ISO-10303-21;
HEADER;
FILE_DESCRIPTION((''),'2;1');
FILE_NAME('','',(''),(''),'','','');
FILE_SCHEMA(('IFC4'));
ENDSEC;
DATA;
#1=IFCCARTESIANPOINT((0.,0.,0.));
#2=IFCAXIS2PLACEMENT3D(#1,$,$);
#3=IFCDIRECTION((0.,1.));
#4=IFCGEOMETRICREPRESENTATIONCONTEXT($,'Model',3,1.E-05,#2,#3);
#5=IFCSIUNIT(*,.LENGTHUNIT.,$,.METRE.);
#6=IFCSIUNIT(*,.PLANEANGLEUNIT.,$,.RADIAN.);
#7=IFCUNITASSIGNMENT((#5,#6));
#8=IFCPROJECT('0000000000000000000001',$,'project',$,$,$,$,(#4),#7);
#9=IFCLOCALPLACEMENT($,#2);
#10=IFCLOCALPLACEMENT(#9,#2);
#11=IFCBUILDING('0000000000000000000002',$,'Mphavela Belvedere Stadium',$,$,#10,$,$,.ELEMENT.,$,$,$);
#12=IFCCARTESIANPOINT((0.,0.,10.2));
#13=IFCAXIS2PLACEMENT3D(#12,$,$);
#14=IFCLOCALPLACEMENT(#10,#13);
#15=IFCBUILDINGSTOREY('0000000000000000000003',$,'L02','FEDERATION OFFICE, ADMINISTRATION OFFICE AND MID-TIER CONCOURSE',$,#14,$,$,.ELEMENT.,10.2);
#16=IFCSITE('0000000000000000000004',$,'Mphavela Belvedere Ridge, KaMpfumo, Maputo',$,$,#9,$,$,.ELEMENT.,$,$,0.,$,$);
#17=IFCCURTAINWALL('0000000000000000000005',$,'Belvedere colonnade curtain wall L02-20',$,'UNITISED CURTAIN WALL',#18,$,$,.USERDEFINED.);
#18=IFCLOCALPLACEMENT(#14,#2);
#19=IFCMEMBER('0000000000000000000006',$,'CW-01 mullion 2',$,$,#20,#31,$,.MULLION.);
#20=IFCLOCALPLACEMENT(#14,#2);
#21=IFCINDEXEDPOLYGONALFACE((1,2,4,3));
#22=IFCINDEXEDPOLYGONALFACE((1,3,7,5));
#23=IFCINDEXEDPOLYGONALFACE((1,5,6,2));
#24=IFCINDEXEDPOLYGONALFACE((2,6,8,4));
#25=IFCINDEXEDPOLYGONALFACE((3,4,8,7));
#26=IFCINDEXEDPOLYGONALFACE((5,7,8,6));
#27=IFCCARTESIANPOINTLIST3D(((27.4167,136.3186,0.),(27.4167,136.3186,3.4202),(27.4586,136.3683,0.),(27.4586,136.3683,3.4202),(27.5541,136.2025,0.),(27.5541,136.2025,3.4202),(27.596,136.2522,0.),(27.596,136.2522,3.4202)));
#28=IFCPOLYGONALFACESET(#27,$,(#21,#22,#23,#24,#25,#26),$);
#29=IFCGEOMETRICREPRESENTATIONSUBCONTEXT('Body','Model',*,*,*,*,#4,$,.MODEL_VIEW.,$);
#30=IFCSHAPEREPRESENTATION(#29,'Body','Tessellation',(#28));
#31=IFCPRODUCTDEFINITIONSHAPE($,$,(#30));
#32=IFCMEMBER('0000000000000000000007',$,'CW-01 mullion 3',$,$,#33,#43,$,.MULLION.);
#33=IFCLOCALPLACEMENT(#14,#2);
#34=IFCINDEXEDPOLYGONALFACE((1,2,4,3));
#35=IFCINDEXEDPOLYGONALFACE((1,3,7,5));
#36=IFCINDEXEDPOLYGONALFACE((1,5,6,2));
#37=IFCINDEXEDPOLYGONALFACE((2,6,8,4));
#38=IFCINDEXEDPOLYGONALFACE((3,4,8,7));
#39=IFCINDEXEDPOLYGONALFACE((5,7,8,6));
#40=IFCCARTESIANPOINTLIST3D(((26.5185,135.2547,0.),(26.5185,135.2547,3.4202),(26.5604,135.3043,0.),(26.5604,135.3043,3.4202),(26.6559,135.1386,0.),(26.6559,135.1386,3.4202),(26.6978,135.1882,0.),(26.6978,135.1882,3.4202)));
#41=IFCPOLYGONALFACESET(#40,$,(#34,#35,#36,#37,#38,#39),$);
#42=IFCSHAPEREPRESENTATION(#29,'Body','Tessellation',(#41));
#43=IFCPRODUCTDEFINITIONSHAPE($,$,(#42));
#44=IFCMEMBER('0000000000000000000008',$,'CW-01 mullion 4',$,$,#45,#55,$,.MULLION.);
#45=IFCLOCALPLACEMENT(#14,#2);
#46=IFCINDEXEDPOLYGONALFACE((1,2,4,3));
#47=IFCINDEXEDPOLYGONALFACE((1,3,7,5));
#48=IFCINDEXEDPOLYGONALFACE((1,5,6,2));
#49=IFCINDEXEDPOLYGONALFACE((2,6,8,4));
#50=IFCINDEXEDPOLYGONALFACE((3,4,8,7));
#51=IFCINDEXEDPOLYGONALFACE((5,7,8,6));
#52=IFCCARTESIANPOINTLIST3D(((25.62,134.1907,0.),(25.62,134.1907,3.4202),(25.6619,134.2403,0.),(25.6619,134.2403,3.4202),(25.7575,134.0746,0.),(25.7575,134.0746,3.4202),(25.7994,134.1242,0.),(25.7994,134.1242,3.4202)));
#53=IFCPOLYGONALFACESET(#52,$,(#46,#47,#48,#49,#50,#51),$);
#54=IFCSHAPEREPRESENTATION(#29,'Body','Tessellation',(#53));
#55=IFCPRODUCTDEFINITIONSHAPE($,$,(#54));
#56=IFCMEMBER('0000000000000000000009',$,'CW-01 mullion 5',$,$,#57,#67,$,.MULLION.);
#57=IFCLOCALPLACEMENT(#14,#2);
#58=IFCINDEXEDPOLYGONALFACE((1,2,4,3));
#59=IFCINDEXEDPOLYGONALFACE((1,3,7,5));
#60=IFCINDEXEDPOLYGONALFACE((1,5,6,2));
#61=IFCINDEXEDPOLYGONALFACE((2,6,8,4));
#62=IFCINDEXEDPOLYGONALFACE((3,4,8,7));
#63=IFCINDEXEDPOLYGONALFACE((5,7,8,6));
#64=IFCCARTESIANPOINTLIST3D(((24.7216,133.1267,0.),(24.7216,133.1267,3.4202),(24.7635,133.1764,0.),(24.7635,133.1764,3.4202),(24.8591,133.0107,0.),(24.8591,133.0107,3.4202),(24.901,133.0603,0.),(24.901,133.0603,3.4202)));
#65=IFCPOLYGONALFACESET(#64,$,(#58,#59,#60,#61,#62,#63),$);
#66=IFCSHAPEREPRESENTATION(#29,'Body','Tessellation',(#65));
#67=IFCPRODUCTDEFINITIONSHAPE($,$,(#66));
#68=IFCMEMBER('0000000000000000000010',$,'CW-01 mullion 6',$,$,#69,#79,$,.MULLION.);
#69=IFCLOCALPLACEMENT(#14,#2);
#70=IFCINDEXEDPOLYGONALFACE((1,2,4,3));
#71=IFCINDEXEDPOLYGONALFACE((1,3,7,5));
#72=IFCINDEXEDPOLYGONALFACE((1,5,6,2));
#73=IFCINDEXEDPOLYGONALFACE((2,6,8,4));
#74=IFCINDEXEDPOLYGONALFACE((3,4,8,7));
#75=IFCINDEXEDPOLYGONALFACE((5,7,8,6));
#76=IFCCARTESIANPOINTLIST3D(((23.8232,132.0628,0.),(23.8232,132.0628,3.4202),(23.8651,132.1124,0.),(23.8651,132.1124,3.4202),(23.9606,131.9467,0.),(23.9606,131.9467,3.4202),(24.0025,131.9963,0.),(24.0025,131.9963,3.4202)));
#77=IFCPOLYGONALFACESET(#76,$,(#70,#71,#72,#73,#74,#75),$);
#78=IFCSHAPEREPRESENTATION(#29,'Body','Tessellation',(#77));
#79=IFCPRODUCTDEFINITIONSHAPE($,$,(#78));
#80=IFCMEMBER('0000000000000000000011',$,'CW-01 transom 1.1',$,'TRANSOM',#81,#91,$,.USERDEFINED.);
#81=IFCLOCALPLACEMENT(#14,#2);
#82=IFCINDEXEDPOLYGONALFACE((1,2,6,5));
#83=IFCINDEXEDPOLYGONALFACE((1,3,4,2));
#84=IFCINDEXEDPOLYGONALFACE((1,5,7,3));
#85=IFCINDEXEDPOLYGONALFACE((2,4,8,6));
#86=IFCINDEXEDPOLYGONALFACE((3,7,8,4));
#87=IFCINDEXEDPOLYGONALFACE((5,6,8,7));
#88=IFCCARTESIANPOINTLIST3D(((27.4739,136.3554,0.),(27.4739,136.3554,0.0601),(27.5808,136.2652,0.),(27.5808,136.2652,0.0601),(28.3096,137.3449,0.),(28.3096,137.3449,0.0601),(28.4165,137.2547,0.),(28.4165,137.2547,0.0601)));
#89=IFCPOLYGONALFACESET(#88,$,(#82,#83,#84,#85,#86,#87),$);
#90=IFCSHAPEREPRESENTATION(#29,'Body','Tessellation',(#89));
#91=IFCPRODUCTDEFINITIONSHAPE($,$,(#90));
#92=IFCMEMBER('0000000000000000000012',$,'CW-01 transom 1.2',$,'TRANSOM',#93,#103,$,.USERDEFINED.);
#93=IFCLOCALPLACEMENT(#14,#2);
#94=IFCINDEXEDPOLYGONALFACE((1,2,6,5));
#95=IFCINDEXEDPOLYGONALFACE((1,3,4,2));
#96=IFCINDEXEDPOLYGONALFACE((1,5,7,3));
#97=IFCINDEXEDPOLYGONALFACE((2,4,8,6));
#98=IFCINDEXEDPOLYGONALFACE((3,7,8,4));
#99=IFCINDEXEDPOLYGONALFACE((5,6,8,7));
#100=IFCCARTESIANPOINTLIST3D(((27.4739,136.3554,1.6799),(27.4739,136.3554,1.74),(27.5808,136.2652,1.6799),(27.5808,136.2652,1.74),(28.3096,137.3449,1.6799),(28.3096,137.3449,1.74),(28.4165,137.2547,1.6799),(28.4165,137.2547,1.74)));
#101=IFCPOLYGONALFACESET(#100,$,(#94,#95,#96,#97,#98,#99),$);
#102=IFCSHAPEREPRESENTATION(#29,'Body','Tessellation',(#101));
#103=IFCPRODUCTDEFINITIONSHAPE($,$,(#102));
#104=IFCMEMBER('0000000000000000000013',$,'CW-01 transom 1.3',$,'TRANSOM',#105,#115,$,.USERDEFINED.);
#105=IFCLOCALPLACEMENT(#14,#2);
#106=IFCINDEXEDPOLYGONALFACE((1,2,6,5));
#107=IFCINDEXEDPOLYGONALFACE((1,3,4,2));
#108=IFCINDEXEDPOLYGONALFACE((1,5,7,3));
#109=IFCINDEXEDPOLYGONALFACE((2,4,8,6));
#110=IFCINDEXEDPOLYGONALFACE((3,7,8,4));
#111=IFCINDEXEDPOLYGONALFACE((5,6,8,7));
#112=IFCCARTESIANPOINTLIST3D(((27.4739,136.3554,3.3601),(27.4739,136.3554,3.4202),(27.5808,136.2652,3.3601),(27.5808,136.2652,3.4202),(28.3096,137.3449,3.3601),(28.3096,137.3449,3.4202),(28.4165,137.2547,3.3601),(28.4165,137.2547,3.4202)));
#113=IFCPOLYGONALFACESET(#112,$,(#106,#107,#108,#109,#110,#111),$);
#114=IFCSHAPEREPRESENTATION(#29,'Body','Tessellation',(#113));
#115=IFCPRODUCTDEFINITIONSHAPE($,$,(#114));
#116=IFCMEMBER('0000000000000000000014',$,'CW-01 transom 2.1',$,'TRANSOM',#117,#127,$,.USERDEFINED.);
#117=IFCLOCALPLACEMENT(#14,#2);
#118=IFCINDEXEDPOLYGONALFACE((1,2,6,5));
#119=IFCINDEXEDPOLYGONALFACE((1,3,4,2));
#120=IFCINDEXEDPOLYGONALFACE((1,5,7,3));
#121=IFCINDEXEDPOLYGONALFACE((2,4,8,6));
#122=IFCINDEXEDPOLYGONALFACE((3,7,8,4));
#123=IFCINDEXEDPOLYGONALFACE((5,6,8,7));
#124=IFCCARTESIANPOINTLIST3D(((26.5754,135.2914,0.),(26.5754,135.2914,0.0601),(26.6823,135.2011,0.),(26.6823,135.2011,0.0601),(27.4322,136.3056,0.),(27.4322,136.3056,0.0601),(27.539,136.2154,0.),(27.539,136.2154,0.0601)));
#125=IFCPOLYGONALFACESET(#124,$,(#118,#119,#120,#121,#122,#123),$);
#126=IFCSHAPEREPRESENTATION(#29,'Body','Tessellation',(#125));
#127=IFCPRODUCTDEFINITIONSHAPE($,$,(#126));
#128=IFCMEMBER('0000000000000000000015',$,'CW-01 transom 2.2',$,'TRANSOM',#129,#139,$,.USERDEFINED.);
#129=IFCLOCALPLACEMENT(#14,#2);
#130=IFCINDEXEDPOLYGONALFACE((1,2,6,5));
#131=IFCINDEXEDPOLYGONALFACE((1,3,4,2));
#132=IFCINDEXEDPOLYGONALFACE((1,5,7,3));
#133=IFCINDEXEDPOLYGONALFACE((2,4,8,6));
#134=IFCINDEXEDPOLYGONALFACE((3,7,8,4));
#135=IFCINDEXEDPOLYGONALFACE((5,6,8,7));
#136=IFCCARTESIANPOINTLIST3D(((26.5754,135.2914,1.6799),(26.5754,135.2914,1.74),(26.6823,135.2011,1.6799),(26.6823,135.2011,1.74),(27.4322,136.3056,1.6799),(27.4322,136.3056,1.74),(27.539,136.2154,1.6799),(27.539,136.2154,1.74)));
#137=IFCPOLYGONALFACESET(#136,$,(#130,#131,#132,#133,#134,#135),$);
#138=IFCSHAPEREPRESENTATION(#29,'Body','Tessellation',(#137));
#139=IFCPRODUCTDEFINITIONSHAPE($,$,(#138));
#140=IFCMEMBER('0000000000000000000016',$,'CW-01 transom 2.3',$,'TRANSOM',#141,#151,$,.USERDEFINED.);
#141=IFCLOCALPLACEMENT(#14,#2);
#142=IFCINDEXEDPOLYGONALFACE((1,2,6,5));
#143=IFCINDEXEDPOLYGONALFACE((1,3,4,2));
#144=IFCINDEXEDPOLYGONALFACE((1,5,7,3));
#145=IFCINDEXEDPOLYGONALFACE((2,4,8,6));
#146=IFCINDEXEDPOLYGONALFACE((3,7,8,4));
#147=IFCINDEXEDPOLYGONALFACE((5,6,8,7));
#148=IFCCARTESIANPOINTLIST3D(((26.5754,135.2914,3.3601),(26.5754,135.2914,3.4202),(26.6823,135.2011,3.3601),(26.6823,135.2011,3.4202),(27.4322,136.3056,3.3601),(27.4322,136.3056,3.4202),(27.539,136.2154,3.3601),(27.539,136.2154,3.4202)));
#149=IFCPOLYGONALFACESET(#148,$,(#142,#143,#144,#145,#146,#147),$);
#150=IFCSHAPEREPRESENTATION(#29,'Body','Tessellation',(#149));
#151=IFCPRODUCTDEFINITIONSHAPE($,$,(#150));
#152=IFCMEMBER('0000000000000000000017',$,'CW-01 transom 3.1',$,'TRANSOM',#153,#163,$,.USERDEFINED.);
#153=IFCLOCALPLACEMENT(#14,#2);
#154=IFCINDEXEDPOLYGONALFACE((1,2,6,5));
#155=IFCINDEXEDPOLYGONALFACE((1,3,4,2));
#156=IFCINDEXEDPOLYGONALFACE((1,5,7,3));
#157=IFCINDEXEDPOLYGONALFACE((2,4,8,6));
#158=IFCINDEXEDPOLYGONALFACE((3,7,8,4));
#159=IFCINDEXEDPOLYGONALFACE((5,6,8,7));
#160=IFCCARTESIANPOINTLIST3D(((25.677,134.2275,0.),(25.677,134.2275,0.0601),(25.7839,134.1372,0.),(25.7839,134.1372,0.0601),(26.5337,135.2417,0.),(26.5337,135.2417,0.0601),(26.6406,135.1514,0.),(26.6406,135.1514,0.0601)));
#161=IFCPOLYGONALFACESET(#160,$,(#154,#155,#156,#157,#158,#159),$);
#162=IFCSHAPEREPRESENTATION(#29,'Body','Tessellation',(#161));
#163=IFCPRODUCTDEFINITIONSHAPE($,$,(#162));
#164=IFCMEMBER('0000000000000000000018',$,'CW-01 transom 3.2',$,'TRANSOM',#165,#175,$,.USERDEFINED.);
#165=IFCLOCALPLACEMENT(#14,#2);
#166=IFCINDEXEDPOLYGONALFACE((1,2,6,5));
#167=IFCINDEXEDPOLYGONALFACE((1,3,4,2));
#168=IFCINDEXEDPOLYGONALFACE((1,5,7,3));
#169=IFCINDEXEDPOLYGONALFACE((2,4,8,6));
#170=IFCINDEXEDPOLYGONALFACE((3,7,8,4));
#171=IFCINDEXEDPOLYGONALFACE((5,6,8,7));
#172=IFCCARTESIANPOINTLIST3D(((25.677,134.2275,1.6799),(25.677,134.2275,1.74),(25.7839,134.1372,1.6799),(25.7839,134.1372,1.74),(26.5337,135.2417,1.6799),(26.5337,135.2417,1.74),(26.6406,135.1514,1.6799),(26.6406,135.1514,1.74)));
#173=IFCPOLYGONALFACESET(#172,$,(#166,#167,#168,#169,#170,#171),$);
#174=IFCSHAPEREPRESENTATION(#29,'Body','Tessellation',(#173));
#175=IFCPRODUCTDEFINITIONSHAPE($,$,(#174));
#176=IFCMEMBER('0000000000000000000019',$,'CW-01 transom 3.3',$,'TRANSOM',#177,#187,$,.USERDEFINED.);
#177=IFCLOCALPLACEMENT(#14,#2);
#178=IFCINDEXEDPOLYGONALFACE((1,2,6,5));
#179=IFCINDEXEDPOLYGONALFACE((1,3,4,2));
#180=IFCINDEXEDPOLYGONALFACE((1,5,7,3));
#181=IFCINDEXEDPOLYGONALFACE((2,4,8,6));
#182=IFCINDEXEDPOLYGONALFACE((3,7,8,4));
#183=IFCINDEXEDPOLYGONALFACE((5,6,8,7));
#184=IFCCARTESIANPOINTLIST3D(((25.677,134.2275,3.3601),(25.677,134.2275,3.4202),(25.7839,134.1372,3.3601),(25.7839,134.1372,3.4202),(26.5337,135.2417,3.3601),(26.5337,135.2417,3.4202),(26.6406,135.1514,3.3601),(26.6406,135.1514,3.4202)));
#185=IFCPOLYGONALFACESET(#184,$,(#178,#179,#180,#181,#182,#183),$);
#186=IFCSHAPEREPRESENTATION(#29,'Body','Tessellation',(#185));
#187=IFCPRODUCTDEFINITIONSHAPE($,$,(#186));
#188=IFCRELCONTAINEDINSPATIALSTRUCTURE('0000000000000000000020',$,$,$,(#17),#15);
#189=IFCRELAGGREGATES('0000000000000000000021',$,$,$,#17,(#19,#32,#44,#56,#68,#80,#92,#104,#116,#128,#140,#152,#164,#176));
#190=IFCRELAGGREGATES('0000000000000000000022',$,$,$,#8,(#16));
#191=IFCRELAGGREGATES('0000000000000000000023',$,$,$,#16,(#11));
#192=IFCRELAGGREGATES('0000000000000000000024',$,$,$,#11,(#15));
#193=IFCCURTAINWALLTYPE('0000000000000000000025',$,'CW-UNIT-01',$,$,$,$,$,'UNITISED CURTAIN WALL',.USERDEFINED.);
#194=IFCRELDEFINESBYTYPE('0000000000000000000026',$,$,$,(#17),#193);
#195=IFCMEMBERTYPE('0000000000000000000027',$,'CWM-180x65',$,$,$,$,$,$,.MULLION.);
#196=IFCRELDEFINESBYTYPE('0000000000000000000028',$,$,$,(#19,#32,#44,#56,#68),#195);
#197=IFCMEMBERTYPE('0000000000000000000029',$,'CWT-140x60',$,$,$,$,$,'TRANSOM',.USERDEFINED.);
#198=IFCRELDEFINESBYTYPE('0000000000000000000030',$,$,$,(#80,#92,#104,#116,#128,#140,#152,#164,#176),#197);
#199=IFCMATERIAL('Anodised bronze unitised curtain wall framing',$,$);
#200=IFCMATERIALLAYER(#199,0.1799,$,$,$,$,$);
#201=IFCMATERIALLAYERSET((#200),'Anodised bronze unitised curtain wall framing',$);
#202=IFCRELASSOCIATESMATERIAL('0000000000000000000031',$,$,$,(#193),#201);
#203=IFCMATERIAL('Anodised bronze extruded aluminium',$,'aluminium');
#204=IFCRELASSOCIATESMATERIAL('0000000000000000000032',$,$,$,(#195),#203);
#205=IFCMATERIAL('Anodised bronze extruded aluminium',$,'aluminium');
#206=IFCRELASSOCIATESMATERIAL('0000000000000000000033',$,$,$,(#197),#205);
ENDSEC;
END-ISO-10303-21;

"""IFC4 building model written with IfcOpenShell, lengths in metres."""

from ifc_helpers import new_model, si_unit, direction, frame, origin, origin_2d, place, context, subcontext, project, spatial, rectangle, extrude, material, layer, layer_set, material_profile, profile_set, type_object, element, aggregate, save


model = new_model("IFC4")

# Units and contexts
model_context = context("Model", 3, precision=1e-05, world=origin(), true_north=direction((0.0, 1.0)))
body_context = subcontext(model_context, "Body", "Model", "MODEL_VIEW")
ifc_project = project(units=[si_unit("LENGTHUNIT", "METRE"), si_unit("PLANEANGLEUNIT", "RADIAN")], contexts=[model_context])

# Site, building, storey
site_placement = place(None, origin())
site = spatial("IfcSite", under=ifc_project, at=site_placement, Name="Mphavela Belvedere Ridge, KaMpfumo, Maputo", CompositionType="ELEMENT", RefElevation=0.0)
building_placement = place(site_placement, origin())
building = spatial("IfcBuilding", under=site, at=building_placement, Name="Mphavela Belvedere Stadium", CompositionType="ELEMENT")
storey_placement = place(building_placement, frame((0.0, 0.0, 10.2)))
storey = spatial("IfcBuildingStorey", under=building, at=storey_placement, Name="L02", Description="FEDERATION OFFICE, ADMINISTRATION OFFICE AND MID-TIER CONCOURSE", CompositionType="ELEMENT", Elevation=10.2)

# Curtain wall, members
ifc_material_1 = material(Name="Anodised bronze unitised curtain wall framing")
ifc_layer_1 = layer(ifc_material_1, 0.1799)
ifc_layer_set_1 = layer_set([ifc_layer_1], Name="Anodised bronze unitised curtain wall framing")
curtain_wall_type = type_object("IfcCurtainWallType", Name="CW-UNIT-01", ElementType="UNITISED CURTAIN WALL", PredefinedType="USERDEFINED", material=ifc_layer_set_1)
curtain_wall_placement = place(storey_placement, origin())
curtain_wall = element("IfcCurtainWall", 1, at=curtain_wall_placement, inside=storey, type_object=curtain_wall_type, Name="Belvedere colonnade curtain wall L02-20", ObjectType="UNITISED CURTAIN WALL", PredefinedType="USERDEFINED")
ifc_material_2 = material(Name="Anodised bronze extruded aluminium", Category="aluminium")
ifc_material_profile_1 = material_profile(ifc_material_2, rectangle(XDim=0.1799, YDim=0.0649, at=origin_2d()), Name="CW-MUL 180x65")
ifc_profile_set_1 = profile_set([ifc_material_profile_1], Name="Anodised bronze extruded aluminium")
member_type_1 = type_object("IfcMemberType", Name="CWM-180x65", PredefinedType="MULLION", material=ifc_profile_set_1)
member_1_placement = place(storey_placement, frame((27.5063, 136.2854, 0.0), z_axis=(0.0, 0.0, 1.0), x_axis=(0.76404, -0.645169, 0.0)))
member_1 = element("IfcMember", 2, at=member_1_placement, type_object=member_type_1, Name="CW-01 mullion 2", PredefinedType="MULLION", context=body_context, shape_type="SweptSolid", body=[
    extrude(rectangle(XDim=0.1799, YDim=0.0649, at=origin_2d()), origin(), (0.0, 0.0, 1.0), 3.4202),
])
member_2_placement = place(storey_placement, frame((26.6082, 135.2214, 0.0), z_axis=(0.0, 0.0, 1.0), x_axis=(0.76404, -0.645169, 0.0)))
member_2 = element("IfcMember", 3, at=member_2_placement, type_object=member_type_1, Name="CW-01 mullion 3", PredefinedType="MULLION", context=body_context, shape_type="SweptSolid", body=[
    extrude(rectangle(XDim=0.1799, YDim=0.0649, at=origin_2d()), origin(), (0.0, 0.0, 1.0), 3.4202),
])
member_3_placement = place(storey_placement, frame((25.7097, 134.1575, 0.0), z_axis=(0.0, 0.0, 1.0), x_axis=(0.76404, -0.645169, 0.0)))
member_3 = element("IfcMember", 4, at=member_3_placement, type_object=member_type_1, Name="CW-01 mullion 4", PredefinedType="MULLION", context=body_context, shape_type="SweptSolid", body=[
    extrude(rectangle(XDim=0.1799, YDim=0.0649, at=origin_2d()), origin(), (0.0, 0.0, 1.0), 3.4202),
])
member_4_placement = place(storey_placement, frame((24.8113, 133.0935, 0.0), z_axis=(0.0, 0.0, 1.0), x_axis=(0.76404, -0.645169, 0.0)))
member_4 = element("IfcMember", 5, at=member_4_placement, type_object=member_type_1, Name="CW-01 mullion 5", PredefinedType="MULLION", context=body_context, shape_type="SweptSolid", body=[
    extrude(rectangle(XDim=0.1799, YDim=0.0649, at=origin_2d()), origin(), (0.0, 0.0, 1.0), 3.4202),
])
member_5_placement = place(storey_placement, frame((23.9128, 132.0295, 0.0), z_axis=(0.0, 0.0, 1.0), x_axis=(0.76404, -0.645169, 0.0)))
member_5 = element("IfcMember", 6, at=member_5_placement, type_object=member_type_1, Name="CW-01 mullion 6", PredefinedType="MULLION", context=body_context, shape_type="SweptSolid", body=[
    extrude(rectangle(XDim=0.1799, YDim=0.0649, at=origin_2d()), origin(), (0.0, 0.0, 1.0), 3.4202),
])
ifc_material_3 = material(Name="Anodised bronze extruded aluminium", Category="aluminium")
ifc_material_profile_2 = material_profile(ifc_material_3, rectangle(XDim=0.1399, YDim=0.0601, at=origin_2d()), Name="CW-TRN 140x60")
ifc_profile_set_2 = profile_set([ifc_material_profile_2], Name="Anodised bronze extruded aluminium")
member_type_2 = type_object("IfcMemberType", Name="CWT-140x60", ElementType="TRANSOM", PredefinedType="USERDEFINED", material=ifc_profile_set_2)
member_6_placement = place(storey_placement, frame((28.363, 137.2998, 0.03), z_axis=(-0.645232, -0.763987, 0.0), x_axis=(0.763987, -0.645232, 0.0)))
member_6 = element("IfcMember", 7, at=member_6_placement, type_object=member_type_2, Name="CW-01 transom 1.1", ObjectType="TRANSOM", PredefinedType="USERDEFINED", context=body_context, shape_type="SweptSolid", body=[
    extrude(rectangle(XDim=0.1399, YDim=0.0601, at=origin_2d()), origin(), (0.0, 0.0, 1.0), 1.2952),
])
member_7_placement = place(storey_placement, frame((28.363, 137.2998, 1.71), z_axis=(-0.645232, -0.763987, 0.0), x_axis=(0.763987, -0.645232, 0.0)))
member_7 = element("IfcMember", 8, at=member_7_placement, type_object=member_type_2, Name="CW-01 transom 1.2", ObjectType="TRANSOM", PredefinedType="USERDEFINED", context=body_context, shape_type="SweptSolid", body=[
    extrude(rectangle(XDim=0.1399, YDim=0.0601, at=origin_2d()), origin(), (0.0, 0.0, 1.0), 1.2952),
])
member_8_placement = place(storey_placement, frame((28.363, 137.2998, 3.3901), z_axis=(-0.645232, -0.763987, 0.0), x_axis=(0.763987, -0.645232, 0.0)))
member_8 = element("IfcMember", 9, at=member_8_placement, type_object=member_type_2, Name="CW-01 transom 1.3", ObjectType="TRANSOM", PredefinedType="USERDEFINED", context=body_context, shape_type="SweptSolid", body=[
    extrude(rectangle(XDim=0.1399, YDim=0.0601, at=origin_2d()), origin(), (0.0, 0.0, 1.0), 1.2952),
])
member_9_placement = place(storey_placement, frame((27.4856, 136.2605, 0.03), z_axis=(-0.645307, -0.763923, 0.0), x_axis=(0.763923, -0.645307, 0.0)))
member_9 = element("IfcMember", 10, at=member_9_placement, type_object=member_type_2, Name="CW-01 transom 2.1", ObjectType="TRANSOM", PredefinedType="USERDEFINED", context=body_context, shape_type="SweptSolid", body=[
    extrude(rectangle(XDim=0.1399, YDim=0.0601, at=origin_2d()), origin(), (0.0, 0.0, 1.0), 1.3276),
])
member_10_placement = place(storey_placement, frame((27.4856, 136.2605, 1.71), z_axis=(-0.645307, -0.763923, 0.0), x_axis=(0.763923, -0.645307, 0.0)))
member_10 = element("IfcMember", 11, at=member_10_placement, type_object=member_type_2, Name="CW-01 transom 2.2", ObjectType="TRANSOM", PredefinedType="USERDEFINED", context=body_context, shape_type="SweptSolid", body=[
    extrude(rectangle(XDim=0.1399, YDim=0.0601, at=origin_2d()), origin(), (0.0, 0.0, 1.0), 1.3276),
])
member_11_placement = place(storey_placement, frame((27.4856, 136.2605, 3.3901), z_axis=(-0.645307, -0.763923, 0.0), x_axis=(0.763923, -0.645307, 0.0)))
member_11 = element("IfcMember", 12, at=member_11_placement, type_object=member_type_2, Name="CW-01 transom 2.3", ObjectType="TRANSOM", PredefinedType="USERDEFINED", context=body_context, shape_type="SweptSolid", body=[
    extrude(rectangle(XDim=0.1399, YDim=0.0601, at=origin_2d()), origin(), (0.0, 0.0, 1.0), 1.3276),
])
member_12_placement = place(storey_placement, frame((26.5872, 135.1965, 0.03), z_axis=(-0.645307, -0.763923, 0.0), x_axis=(0.763923, -0.645307, 0.0)))
member_12 = element("IfcMember", 13, at=member_12_placement, type_object=member_type_2, Name="CW-01 transom 3.1", ObjectType="TRANSOM", PredefinedType="USERDEFINED", context=body_context, shape_type="SweptSolid", body=[
    extrude(rectangle(XDim=0.1399, YDim=0.0601, at=origin_2d()), origin(), (0.0, 0.0, 1.0), 1.3276),
])
member_13_placement = place(storey_placement, frame((26.5872, 135.1965, 1.71), z_axis=(-0.645307, -0.763923, 0.0), x_axis=(0.763923, -0.645307, 0.0)))
member_13 = element("IfcMember", 14, at=member_13_placement, type_object=member_type_2, Name="CW-01 transom 3.2", ObjectType="TRANSOM", PredefinedType="USERDEFINED", context=body_context, shape_type="SweptSolid", body=[
    extrude(rectangle(XDim=0.1399, YDim=0.0601, at=origin_2d()), origin(), (0.0, 0.0, 1.0), 1.3276),
])
member_14_placement = place(storey_placement, frame((26.5872, 135.1965, 3.3901), z_axis=(-0.645307, -0.763923, 0.0), x_axis=(0.763923, -0.645307, 0.0)))
member_14 = element("IfcMember", 15, at=member_14_placement, type_object=member_type_2, Name="CW-01 transom 3.3", ObjectType="TRANSOM", PredefinedType="USERDEFINED", context=body_context, shape_type="SweptSolid", body=[
    extrude(rectangle(XDim=0.1399, YDim=0.0601, at=origin_2d()), origin(), (0.0, 0.0, 1.0), 1.3276),
])
aggregate(curtain_wall, [member_1, member_2, member_3, member_4, member_5, member_6, member_7, member_8, member_9, member_10, member_11, member_12, member_13, member_14])

save(model, "model.ifc")
